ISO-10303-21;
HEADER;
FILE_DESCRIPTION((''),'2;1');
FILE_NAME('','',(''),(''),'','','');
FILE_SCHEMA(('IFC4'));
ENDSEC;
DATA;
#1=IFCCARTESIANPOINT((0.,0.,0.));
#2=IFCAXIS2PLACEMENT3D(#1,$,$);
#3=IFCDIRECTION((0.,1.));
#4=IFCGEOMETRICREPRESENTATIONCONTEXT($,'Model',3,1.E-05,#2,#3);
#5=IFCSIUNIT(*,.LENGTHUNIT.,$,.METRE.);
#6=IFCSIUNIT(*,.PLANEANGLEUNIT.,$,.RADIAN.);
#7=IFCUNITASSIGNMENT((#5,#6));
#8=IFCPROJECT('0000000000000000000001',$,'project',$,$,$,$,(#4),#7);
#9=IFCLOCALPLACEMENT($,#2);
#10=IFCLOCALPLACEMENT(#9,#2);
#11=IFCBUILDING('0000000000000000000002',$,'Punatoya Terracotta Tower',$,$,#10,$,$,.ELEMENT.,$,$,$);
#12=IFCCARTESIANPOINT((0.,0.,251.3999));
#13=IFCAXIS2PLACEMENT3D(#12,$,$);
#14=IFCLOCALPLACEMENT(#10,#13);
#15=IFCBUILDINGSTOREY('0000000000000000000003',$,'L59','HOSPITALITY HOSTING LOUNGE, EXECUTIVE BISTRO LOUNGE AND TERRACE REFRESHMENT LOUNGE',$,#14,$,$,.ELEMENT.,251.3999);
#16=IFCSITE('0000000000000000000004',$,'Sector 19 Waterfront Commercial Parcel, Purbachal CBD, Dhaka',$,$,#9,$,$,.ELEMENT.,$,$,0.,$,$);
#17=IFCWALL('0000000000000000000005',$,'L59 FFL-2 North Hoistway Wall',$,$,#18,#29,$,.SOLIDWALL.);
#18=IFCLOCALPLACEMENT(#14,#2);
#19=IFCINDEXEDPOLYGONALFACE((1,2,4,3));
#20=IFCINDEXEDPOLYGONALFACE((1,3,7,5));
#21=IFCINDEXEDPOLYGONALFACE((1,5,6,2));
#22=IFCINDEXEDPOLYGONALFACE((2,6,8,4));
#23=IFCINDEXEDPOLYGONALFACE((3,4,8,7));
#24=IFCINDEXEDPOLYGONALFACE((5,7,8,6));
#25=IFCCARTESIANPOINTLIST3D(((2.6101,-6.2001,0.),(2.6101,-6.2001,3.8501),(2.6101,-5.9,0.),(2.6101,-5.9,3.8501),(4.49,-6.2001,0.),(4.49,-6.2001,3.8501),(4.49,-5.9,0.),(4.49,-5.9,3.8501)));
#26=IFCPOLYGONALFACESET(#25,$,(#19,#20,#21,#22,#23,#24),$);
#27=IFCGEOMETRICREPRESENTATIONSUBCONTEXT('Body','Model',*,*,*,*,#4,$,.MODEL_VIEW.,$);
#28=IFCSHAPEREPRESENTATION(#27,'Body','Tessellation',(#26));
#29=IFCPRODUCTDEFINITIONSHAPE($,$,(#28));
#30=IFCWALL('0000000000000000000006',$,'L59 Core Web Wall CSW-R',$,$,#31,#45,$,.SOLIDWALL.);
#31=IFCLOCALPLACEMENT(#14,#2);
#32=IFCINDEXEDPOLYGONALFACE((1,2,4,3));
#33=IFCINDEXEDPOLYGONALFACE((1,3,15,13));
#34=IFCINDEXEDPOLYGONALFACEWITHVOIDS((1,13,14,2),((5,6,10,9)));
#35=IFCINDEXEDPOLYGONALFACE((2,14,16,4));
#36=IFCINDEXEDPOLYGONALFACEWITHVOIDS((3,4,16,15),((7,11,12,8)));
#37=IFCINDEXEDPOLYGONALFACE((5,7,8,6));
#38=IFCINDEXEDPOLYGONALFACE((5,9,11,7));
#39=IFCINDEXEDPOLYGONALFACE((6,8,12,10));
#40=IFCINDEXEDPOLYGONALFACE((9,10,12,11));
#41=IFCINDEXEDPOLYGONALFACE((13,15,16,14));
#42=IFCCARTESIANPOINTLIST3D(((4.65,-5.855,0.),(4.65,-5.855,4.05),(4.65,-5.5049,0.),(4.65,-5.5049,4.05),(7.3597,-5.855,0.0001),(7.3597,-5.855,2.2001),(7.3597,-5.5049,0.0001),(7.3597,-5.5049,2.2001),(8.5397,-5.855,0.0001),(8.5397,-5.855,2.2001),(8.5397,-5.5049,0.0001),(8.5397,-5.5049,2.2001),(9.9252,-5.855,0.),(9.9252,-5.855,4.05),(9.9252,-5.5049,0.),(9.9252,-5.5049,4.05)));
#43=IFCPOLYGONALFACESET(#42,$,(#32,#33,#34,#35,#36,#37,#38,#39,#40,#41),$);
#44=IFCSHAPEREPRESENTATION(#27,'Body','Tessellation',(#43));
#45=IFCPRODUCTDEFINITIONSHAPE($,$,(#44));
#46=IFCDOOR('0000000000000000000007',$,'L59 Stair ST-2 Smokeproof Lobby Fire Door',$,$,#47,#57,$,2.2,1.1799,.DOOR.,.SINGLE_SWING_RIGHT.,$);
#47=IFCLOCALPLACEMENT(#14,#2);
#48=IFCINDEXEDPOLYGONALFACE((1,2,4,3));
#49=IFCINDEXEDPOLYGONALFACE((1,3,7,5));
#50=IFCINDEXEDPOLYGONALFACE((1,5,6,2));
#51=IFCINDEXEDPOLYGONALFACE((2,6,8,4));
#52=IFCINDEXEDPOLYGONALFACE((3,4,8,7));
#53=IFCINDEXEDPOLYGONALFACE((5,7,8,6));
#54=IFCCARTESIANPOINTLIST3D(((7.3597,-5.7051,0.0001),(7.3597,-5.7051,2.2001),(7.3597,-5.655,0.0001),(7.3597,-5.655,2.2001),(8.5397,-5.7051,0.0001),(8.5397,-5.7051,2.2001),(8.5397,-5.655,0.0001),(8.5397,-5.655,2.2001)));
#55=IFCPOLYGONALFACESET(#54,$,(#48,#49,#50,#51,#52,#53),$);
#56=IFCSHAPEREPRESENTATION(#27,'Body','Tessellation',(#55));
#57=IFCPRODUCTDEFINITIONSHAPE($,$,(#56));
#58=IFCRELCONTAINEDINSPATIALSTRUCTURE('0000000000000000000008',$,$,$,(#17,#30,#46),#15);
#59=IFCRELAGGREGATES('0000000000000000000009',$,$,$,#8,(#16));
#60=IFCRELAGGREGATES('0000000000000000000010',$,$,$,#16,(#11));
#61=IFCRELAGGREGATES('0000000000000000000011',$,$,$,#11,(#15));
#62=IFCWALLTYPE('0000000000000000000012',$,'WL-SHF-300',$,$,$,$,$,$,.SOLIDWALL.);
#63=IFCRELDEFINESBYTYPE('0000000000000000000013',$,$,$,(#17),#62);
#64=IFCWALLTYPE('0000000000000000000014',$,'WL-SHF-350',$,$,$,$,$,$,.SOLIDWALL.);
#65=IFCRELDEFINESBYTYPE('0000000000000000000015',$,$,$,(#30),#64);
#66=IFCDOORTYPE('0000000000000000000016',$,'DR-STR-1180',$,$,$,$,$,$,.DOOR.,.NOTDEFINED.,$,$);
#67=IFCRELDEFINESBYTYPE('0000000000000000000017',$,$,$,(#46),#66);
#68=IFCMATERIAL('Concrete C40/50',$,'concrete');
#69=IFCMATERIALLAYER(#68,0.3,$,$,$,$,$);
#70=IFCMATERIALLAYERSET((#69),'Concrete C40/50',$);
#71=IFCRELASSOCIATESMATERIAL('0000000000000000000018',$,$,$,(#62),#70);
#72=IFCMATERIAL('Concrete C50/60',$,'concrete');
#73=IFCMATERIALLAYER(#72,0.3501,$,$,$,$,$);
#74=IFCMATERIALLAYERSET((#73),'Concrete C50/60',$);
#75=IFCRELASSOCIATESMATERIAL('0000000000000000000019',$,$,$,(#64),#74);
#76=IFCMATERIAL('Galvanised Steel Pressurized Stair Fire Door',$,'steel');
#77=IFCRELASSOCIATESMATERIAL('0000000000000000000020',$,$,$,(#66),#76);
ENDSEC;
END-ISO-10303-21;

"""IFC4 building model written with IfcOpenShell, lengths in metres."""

from ifc_helpers import new_model, si_unit, direction, frame, frame_2d, origin, place, context, subcontext, project, spatial, rectangle, extrude, material, layer, layer_set, type_object, element, fill, save


model = new_model("IFC4")

# Units and contexts
model_context = context("Model", 3, precision=1e-05, world=origin(), true_north=direction((0.0, 1.0)))
body_context = subcontext(model_context, "Body", "Model", "MODEL_VIEW")
ifc_project = project(units=[si_unit("LENGTHUNIT", "METRE"), si_unit("PLANEANGLEUNIT", "RADIAN")], contexts=[model_context])

# Site, building, storey
site_placement = place(None, origin())
site = spatial("IfcSite", under=ifc_project, at=site_placement, Name="Sector 19 Waterfront Commercial Parcel, Purbachal CBD, Dhaka", CompositionType="ELEMENT", RefElevation=0.0)
building_placement = place(site_placement, origin())
building = spatial("IfcBuilding", under=site, at=building_placement, Name="Punatoya Terracotta Tower", CompositionType="ELEMENT")
storey_placement = place(building_placement, frame((0.0, 0.0, 251.3999)))
storey = spatial("IfcBuildingStorey", under=building, at=storey_placement, Name="L59", Description="HOSPITALITY HOSTING LOUNGE, EXECUTIVE BISTRO LOUNGE AND TERRACE REFRESHMENT LOUNGE", CompositionType="ELEMENT", Elevation=251.3999)

# Shared definitions
ifc_material_1 = material(Name="Concrete C40/50", Category="concrete")

# Shared definitions
ifc_layer_1 = layer(ifc_material_1, 0.3)
ifc_layer_set_1 = layer_set([ifc_layer_1], Name="Concrete C40/50")
wall_type_1 = type_object("IfcWallType", Name="WL-SHF-300", PredefinedType="SOLIDWALL", material=ifc_layer_set_1)

# Wall
wall_1_placement = place(storey_placement, frame((2.6101, -6.05, 0.0), z_axis=(0.0, 0.0, 1.0), x_axis=(1.0, 0.0, 0.0)))
element("IfcWall", 1, at=wall_1_placement, inside=storey, type_object=wall_type_1, Name="L59 FFL-2 North Hoistway Wall", PredefinedType="SOLIDWALL", context=body_context, shape_type="SweptSolid", body=[
    extrude(rectangle(XDim=1.8799, YDim=0.3, at=frame_2d((0.9399, 0.0))), origin(), (0.0, 0.0, 1.0), 3.8501),
])

# Wall, opening, door
ifc_material_2 = material(Name="Concrete C50/60", Category="concrete")
ifc_layer_2 = layer(ifc_material_2, 0.3501)
ifc_layer_set_2 = layer_set([ifc_layer_2], Name="Concrete C50/60")
wall_type_2 = type_object("IfcWallType", Name="WL-SHF-350", PredefinedType="SOLIDWALL", material=ifc_layer_set_2)
wall_2_placement = place(storey_placement, frame((4.6499, -5.6799, 0.0), z_axis=(0.0, 0.0, 1.0), x_axis=(1.0, 0.0, 0.0)))
wall_2 = element("IfcWall", 2, at=wall_2_placement, inside=storey, type_object=wall_type_2, Name="L59 Core Web Wall CSW-R", PredefinedType="SOLIDWALL", context=body_context, shape_type="SweptSolid", body=[
    extrude(rectangle(XDim=5.2751, YDim=0.3501, at=frame_2d((2.6377, 0.0))), origin(), (0.0, 0.0, 1.0), 4.05),
])
opening_1_placement = place(wall_2_placement, frame((2.71, 0.0, 0.0)))
opening_1 = element("IfcOpeningElement", 3, at=opening_1_placement, cuts=wall_2, PredefinedType="OPENING", context=body_context, shape_type="SweptSolid", body=[
    extrude(rectangle(XDim=1.1799, YDim=2.2, at=frame_2d((0.5898, 1.1001))), frame((0.0, 0.1851, 0.0), z_axis=(0.0, -1.0, 0.0), x_axis=(1.0, 0.0, 0.0)), (0.0, 0.0, 1.0), 0.3701),
])
ifc_material_3 = material(Name="Galvanised Steel Pressurized Stair Fire Door", Category="steel")
door_type_1 = type_object("IfcDoorType", Name="DR-STR-1180", OperationType="NOTDEFINED", PredefinedType="DOOR", material=ifc_material_3)
door_1_placement = place(opening_1_placement, origin())
door_1 = element("IfcDoor", 4, at=door_1_placement, inside=storey, type_object=door_type_1, Name="L59 Stair ST-2 Smokeproof Lobby Fire Door", OperationType="SINGLE_SWING_RIGHT", OverallHeight=2.2, OverallWidth=1.1799, PredefinedType="DOOR", context=body_context, shape_type="SweptSolid", body=[
    extrude(rectangle(XDim=1.1799, YDim=2.2, at=frame_2d((0.5898, 1.1001))), frame((0.0, 0.0249, 0.0), z_axis=(0.0, -1.0, 0.0), x_axis=(1.0, 0.0, 0.0)), (0.0, 0.0, 1.0), 0.05),
])
fill(opening_1, door_1)

save(model, "model.ifc")
